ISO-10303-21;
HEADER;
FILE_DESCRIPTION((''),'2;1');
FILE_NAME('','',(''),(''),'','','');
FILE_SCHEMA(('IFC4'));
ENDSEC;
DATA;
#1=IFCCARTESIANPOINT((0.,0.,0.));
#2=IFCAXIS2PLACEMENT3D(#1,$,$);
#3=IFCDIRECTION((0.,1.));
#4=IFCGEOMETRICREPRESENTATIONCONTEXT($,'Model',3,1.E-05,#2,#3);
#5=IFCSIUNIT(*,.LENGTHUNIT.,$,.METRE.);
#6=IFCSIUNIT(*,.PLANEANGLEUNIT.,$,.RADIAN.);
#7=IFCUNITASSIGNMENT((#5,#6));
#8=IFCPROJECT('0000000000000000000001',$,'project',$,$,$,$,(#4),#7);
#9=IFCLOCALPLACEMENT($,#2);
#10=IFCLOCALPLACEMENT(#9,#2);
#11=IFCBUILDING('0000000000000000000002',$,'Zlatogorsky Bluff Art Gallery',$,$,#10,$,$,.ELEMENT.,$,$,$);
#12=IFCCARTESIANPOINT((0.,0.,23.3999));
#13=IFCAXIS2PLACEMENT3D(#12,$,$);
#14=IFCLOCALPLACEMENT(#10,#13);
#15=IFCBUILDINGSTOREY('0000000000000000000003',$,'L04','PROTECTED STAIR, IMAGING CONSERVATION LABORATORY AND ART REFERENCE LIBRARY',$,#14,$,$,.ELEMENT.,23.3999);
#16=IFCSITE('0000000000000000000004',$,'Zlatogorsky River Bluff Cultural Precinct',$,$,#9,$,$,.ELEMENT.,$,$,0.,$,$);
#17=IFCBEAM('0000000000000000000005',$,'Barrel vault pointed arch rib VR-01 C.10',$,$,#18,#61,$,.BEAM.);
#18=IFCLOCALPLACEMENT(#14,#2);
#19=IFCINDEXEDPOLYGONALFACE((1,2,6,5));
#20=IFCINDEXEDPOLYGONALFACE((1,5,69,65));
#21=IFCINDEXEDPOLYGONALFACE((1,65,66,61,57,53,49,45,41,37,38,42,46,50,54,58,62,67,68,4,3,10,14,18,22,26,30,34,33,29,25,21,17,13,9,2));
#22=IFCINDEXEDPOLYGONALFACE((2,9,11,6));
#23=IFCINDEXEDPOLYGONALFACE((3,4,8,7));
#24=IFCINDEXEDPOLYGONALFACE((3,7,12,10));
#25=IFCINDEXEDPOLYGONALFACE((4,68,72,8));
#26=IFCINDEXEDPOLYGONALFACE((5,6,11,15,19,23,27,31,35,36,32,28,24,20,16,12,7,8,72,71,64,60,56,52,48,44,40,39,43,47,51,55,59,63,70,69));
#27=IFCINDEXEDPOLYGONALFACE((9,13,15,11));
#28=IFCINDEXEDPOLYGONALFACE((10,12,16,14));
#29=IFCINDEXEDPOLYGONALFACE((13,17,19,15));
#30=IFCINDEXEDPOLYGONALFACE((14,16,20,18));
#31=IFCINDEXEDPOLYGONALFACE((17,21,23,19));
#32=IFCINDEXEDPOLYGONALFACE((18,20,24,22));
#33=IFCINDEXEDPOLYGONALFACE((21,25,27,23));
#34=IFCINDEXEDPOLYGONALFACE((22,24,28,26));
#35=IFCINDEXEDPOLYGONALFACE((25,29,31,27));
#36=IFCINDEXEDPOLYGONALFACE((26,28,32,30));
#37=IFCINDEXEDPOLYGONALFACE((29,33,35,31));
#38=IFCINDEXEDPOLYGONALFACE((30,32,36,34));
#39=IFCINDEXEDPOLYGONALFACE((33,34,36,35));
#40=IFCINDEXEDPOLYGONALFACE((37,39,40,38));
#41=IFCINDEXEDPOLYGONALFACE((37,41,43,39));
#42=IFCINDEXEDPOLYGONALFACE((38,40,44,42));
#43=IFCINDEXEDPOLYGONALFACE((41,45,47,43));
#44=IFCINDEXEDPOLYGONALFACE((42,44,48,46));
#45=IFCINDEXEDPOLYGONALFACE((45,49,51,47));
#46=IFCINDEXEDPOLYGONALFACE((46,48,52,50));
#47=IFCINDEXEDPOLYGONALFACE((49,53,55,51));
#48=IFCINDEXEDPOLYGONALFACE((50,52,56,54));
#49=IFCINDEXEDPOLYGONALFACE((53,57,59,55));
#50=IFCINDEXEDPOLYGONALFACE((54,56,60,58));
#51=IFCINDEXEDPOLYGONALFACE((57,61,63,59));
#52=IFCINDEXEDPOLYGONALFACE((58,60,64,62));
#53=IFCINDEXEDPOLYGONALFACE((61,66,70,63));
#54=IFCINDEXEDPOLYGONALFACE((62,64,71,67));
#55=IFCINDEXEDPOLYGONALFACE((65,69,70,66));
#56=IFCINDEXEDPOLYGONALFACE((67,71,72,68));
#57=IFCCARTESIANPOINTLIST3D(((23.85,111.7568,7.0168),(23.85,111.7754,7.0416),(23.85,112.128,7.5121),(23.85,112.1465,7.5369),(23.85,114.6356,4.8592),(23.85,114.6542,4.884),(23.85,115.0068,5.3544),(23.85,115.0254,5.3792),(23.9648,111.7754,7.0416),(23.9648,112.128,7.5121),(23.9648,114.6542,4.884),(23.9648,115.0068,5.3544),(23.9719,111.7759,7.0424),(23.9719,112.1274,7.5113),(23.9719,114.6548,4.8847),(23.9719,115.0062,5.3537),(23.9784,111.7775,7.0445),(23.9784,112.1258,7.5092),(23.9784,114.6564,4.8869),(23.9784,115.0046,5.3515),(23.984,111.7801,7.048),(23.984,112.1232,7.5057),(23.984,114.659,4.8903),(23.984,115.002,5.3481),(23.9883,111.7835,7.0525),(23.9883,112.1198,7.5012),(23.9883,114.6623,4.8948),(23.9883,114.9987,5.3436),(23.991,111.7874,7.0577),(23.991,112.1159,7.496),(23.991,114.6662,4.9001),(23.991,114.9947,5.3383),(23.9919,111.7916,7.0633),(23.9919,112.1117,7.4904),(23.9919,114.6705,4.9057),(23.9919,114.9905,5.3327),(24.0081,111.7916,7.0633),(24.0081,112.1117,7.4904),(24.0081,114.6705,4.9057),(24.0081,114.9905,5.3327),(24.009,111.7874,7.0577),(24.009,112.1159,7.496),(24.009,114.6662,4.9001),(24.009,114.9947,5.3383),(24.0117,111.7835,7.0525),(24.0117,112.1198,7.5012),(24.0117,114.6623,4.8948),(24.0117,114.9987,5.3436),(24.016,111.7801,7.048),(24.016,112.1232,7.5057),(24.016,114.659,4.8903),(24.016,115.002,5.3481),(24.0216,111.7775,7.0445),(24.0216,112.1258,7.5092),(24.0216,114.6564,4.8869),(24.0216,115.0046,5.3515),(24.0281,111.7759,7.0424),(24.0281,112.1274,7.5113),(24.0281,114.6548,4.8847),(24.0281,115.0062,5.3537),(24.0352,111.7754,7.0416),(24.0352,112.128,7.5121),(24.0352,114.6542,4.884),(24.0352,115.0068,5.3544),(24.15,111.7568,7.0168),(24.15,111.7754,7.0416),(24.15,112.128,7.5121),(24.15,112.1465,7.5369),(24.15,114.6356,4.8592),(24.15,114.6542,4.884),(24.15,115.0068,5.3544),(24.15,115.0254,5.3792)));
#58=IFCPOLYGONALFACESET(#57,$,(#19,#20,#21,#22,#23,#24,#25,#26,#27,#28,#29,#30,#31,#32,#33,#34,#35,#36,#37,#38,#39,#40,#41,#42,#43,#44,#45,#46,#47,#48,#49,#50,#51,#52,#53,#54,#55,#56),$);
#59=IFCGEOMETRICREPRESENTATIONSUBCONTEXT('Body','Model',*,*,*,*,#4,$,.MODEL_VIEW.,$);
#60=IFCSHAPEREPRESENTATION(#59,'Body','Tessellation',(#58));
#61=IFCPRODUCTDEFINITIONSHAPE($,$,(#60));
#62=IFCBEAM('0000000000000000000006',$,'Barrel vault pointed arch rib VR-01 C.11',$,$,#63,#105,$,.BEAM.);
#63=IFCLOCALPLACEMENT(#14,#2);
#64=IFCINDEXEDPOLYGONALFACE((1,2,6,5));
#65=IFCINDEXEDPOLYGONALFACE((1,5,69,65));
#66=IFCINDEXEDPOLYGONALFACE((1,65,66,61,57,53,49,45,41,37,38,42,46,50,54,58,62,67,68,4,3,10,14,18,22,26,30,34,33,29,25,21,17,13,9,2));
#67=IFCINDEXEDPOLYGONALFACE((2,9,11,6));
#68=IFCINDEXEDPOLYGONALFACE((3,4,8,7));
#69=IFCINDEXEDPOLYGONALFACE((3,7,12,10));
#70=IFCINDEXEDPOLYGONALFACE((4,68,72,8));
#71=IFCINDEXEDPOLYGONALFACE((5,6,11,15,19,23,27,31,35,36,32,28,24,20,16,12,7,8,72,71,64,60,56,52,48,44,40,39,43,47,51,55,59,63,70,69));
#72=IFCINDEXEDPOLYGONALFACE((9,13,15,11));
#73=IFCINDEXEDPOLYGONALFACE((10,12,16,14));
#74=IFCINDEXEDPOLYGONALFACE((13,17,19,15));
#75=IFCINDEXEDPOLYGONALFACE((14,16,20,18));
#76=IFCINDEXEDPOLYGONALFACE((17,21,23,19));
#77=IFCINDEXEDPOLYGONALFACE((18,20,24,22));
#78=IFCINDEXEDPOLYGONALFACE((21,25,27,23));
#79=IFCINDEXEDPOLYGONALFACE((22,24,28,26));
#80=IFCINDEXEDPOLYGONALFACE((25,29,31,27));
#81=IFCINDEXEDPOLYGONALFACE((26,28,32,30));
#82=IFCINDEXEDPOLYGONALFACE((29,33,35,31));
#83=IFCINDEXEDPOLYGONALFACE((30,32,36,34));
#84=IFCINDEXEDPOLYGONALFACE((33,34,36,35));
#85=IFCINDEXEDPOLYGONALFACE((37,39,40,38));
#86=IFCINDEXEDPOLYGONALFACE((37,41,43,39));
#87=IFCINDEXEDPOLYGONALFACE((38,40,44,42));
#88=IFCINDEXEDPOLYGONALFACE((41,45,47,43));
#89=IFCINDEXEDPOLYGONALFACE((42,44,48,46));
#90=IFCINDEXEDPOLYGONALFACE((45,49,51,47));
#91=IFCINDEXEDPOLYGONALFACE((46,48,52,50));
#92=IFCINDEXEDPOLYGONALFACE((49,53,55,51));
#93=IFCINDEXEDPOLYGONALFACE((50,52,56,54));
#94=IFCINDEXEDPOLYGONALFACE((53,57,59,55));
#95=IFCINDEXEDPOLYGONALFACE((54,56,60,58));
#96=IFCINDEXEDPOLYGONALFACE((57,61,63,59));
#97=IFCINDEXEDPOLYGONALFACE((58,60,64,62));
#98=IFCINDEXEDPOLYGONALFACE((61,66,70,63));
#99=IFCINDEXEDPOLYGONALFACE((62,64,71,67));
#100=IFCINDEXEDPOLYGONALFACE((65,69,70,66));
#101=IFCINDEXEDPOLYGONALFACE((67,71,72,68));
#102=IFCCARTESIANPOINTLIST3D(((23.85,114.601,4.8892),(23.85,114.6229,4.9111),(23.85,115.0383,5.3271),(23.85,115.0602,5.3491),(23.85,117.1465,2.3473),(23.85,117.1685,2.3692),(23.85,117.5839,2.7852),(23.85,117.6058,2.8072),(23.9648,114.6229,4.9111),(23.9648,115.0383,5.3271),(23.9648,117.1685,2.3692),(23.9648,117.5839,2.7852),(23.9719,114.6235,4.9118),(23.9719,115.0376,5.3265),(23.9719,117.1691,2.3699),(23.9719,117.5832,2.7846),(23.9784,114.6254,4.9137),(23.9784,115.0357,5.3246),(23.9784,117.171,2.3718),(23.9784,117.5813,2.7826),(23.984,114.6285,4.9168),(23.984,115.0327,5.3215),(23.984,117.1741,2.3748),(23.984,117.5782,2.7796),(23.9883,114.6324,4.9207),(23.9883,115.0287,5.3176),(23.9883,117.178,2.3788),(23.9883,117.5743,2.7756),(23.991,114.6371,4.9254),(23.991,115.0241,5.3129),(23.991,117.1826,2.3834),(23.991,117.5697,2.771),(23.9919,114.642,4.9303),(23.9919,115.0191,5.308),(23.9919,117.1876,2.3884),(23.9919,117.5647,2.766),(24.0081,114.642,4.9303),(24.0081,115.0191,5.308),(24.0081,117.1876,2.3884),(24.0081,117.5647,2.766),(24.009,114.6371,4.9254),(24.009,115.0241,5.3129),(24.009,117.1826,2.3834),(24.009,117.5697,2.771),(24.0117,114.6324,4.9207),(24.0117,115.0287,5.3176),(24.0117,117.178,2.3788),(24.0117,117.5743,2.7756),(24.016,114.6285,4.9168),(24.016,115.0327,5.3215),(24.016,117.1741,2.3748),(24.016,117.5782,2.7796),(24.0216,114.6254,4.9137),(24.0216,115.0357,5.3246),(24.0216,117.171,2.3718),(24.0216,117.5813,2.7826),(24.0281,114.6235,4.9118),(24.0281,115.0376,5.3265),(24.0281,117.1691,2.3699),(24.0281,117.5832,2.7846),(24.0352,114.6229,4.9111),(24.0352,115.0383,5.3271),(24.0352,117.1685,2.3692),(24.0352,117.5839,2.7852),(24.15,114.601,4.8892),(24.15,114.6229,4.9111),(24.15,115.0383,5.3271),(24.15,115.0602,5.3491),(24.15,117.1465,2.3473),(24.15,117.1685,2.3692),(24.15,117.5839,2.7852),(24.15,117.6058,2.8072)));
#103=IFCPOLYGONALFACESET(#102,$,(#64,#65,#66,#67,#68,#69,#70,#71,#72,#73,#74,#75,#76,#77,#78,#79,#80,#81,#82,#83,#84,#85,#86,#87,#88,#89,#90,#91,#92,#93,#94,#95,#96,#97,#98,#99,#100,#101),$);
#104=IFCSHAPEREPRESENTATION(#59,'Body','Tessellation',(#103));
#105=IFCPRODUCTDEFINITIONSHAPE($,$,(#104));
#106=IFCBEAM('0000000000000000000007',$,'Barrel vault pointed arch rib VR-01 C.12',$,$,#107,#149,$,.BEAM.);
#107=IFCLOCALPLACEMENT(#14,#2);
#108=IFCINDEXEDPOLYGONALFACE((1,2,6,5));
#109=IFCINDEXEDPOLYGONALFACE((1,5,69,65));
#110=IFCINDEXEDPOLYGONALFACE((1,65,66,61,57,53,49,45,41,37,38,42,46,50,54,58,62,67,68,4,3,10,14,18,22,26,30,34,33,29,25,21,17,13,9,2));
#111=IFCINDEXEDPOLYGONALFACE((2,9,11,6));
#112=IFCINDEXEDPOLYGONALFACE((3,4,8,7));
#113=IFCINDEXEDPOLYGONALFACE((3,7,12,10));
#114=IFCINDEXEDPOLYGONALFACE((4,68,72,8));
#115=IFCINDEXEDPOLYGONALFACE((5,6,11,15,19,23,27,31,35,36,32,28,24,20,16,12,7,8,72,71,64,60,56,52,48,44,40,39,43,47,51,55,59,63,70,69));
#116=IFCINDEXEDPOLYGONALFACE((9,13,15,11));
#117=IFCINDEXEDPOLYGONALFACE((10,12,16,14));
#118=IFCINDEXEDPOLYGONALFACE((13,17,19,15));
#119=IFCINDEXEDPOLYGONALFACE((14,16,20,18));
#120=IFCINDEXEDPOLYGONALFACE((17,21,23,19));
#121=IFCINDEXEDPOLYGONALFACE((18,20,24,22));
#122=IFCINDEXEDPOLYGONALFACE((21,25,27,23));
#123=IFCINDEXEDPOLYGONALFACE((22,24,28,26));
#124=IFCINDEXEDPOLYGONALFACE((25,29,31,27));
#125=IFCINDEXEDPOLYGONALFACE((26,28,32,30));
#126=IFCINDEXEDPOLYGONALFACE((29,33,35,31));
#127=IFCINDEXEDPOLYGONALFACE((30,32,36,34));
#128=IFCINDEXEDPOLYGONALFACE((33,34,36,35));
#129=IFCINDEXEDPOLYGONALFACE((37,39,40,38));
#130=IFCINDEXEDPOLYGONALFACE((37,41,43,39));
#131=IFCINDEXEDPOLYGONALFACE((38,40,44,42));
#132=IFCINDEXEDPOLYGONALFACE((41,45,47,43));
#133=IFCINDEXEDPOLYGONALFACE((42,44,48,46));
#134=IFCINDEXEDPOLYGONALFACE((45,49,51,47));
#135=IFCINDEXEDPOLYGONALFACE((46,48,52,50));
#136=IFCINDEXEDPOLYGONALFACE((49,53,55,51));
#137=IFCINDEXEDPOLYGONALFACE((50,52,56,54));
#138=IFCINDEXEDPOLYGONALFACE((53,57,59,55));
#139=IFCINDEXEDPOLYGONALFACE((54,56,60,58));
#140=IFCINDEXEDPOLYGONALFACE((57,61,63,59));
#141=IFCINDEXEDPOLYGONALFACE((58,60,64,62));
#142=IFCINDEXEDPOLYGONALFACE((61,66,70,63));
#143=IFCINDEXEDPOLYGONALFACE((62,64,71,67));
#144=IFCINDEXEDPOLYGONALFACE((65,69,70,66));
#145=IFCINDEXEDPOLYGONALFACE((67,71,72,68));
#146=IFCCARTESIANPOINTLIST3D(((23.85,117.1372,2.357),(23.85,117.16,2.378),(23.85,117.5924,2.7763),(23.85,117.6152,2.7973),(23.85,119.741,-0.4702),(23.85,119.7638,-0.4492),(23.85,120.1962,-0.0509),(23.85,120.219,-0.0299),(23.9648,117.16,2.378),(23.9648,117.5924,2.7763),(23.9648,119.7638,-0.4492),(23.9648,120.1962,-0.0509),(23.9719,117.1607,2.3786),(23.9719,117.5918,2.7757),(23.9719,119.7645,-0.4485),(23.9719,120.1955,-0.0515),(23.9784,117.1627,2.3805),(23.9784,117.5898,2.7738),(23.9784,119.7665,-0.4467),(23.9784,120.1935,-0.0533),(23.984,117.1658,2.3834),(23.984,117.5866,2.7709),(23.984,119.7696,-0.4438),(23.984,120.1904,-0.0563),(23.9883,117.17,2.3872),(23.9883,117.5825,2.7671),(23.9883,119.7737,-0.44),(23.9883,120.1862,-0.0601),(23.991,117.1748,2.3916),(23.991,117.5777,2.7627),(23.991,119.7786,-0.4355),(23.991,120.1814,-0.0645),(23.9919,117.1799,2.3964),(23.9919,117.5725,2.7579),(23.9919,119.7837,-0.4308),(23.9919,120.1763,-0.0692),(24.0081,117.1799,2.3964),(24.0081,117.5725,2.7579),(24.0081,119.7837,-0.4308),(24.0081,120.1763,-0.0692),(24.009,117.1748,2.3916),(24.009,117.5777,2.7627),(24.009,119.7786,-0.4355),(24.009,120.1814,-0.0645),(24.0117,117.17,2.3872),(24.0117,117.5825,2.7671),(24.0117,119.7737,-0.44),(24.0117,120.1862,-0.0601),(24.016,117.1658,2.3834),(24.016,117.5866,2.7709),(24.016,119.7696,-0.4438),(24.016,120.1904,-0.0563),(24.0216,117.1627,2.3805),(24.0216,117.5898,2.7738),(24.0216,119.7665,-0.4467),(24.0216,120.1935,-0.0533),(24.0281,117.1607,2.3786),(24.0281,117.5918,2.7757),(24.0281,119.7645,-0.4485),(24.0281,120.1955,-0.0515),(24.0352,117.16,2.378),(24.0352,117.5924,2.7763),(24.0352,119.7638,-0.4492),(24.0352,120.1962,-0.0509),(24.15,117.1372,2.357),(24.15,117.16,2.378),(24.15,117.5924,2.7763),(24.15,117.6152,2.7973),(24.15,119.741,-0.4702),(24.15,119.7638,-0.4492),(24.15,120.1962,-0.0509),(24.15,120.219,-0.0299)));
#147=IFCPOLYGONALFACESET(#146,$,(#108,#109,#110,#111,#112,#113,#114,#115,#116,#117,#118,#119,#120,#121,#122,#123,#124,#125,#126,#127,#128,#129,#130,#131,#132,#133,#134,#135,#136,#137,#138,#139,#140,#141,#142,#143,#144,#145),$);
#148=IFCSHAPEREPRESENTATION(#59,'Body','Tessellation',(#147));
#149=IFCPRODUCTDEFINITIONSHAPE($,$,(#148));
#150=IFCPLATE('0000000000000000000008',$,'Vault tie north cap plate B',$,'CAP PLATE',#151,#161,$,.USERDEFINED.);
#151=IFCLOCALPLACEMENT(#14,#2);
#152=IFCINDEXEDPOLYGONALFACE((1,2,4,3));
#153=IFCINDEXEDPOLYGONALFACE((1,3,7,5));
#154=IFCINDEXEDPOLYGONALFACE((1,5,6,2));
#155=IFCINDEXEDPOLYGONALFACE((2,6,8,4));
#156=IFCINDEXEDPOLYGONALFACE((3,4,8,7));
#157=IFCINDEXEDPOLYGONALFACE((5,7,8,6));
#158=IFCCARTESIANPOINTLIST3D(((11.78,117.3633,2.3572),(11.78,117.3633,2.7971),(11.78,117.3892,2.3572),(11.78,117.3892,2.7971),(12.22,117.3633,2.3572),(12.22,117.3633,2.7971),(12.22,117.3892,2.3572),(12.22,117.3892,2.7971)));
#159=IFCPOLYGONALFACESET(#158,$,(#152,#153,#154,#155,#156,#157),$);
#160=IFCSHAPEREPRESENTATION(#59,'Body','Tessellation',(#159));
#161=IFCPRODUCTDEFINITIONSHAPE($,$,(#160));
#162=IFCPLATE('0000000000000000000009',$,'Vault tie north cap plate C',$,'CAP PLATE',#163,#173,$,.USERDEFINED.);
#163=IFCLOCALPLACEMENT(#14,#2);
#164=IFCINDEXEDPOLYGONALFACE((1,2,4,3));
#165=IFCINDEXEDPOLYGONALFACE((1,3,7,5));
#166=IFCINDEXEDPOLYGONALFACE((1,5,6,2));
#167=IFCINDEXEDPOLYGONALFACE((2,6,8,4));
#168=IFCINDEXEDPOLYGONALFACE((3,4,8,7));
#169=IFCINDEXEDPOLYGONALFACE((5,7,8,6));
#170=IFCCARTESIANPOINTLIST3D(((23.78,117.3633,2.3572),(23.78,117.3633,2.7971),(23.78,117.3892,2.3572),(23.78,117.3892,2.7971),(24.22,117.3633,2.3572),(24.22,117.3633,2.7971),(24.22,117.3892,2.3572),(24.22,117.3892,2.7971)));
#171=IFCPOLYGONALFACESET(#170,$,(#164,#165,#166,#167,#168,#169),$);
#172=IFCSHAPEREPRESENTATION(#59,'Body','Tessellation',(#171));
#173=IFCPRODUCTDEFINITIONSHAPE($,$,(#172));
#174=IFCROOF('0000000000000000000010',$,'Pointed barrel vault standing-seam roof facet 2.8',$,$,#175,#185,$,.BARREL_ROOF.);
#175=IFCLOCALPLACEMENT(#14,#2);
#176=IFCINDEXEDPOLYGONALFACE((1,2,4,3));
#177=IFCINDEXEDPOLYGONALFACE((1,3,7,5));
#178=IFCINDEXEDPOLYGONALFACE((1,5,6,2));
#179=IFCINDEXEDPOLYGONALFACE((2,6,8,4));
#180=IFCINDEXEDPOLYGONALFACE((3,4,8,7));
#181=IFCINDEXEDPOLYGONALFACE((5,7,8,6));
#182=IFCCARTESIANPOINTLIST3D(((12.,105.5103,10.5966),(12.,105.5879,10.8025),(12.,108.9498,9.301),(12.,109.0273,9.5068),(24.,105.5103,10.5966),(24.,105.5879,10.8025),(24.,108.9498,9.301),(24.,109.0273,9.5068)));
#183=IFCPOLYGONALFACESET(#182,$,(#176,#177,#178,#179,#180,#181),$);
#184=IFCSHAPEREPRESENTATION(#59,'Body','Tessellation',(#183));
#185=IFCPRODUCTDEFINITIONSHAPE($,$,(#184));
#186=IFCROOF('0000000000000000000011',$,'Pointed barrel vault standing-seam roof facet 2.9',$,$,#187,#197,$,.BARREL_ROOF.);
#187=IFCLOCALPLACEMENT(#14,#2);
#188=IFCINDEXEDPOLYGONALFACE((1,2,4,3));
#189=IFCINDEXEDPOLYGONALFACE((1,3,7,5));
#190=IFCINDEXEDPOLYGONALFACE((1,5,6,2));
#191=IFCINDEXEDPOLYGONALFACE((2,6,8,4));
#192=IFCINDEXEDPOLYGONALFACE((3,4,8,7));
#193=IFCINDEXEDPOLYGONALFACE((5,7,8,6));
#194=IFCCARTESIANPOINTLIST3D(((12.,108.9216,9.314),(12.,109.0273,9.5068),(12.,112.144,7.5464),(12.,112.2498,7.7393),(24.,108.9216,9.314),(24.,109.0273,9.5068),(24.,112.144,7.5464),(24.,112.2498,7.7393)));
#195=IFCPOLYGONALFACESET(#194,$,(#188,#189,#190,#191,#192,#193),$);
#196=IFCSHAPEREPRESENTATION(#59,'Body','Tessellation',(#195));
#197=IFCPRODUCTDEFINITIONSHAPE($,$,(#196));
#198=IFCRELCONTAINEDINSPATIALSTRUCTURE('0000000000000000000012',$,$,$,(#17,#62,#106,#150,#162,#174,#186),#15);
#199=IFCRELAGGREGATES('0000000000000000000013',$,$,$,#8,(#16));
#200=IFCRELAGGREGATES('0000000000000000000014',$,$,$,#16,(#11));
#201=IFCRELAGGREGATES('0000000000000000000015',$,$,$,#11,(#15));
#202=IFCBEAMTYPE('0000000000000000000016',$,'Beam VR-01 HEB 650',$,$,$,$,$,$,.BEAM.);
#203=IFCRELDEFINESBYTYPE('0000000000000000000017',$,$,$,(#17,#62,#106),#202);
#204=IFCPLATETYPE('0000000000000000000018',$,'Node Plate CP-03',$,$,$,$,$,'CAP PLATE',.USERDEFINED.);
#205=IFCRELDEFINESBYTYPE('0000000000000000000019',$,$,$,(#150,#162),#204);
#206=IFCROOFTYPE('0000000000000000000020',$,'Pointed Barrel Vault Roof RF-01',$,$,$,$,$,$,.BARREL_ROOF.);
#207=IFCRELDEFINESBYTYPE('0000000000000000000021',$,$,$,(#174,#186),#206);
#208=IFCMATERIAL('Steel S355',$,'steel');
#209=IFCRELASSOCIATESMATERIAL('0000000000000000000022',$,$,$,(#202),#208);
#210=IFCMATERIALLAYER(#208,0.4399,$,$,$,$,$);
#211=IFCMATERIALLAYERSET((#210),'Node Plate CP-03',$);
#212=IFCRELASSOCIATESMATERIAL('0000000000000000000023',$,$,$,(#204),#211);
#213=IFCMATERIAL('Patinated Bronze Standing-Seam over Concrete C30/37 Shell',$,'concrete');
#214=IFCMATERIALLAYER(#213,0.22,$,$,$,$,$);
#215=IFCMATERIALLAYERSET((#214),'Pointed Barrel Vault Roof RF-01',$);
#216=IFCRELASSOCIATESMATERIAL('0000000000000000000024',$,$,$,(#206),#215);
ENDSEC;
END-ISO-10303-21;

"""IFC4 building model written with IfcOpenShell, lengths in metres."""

from ifc_helpers import new_model, si_unit, direction, frame, origin, origin_2d, place, context, subcontext, project, spatial, polyline, rectangle, i_section, outline, extrude, material, layer, layer_set, material_profile, profile_set, type_object, element, save


model = new_model("IFC4")

# Units and contexts
model_context = context("Model", 3, precision=1e-05, world=origin(), true_north=direction((0.0, 1.0)))
body_context = subcontext(model_context, "Body", "Model", "MODEL_VIEW")
ifc_project = project(units=[si_unit("LENGTHUNIT", "METRE"), si_unit("PLANEANGLEUNIT", "RADIAN")], contexts=[model_context])

# Site, building, storey
site_placement = place(None, origin())
site = spatial("IfcSite", under=ifc_project, at=site_placement, Name="Zlatogorsky River Bluff Cultural Precinct", CompositionType="ELEMENT", RefElevation=0.0)
building_placement = place(site_placement, origin())
building = spatial("IfcBuilding", under=site, at=building_placement, Name="Zlatogorsky Bluff Art Gallery", CompositionType="ELEMENT")
storey_placement = place(building_placement, frame((0.0, 0.0, 23.3999)))
storey = spatial("IfcBuildingStorey", under=building, at=storey_placement, Name="L04", Description="PROTECTED STAIR, IMAGING CONSERVATION LABORATORY AND ART REFERENCE LIBRARY", CompositionType="ELEMENT", Elevation=23.3999)

# Beams
ifc_material_1 = material(Name="Steel S355", Category="steel")
ifc_material_profile_1 = material_profile(ifc_material_1, i_section(OverallWidth=0.3, OverallDepth=0.6499, WebThickness=0.0161, FlangeThickness=0.031, FilletRadius=0.0271, at=origin_2d()), Name="HEB 650")
ifc_profile_set_1 = profile_set([ifc_material_profile_1], Name="Steel S355")
beam_type_1 = type_object("IfcBeamType", Name="Beam VR-01 HEB 650", PredefinedType="BEAM", material=ifc_profile_set_1)
beam_1_placement = place(storey_placement, frame((24.0, 111.9517, 7.2769), z_axis=(0.0, 0.800195, -0.599739), x_axis=(-1.0, 0.0, 0.0)))
element("IfcBeam", 1, at=beam_1_placement, inside=storey, type_object=beam_type_1, Name="Barrel vault pointed arch rib VR-01 C.10", PredefinedType="BEAM", context=body_context, shape_type="SweptSolid", body=[
    extrude(i_section(OverallWidth=0.3, OverallDepth=0.6499, WebThickness=0.0161, FlangeThickness=0.031, FilletRadius=0.0271, at=origin_2d()), origin(), (0.0, 0.0, 1.0), 3.5977),
])
beam_2_placement = place(storey_placement, frame((24.0, 114.8306, 5.1191), z_axis=(0.0, 0.707616, -0.706598), x_axis=(-1.0, 0.0, 0.0)))
element("IfcBeam", 2, at=beam_2_placement, inside=storey, type_object=beam_type_1, Name="Barrel vault pointed arch rib VR-01 C.11", PredefinedType="BEAM", context=body_context, shape_type="SweptSolid", body=[
    extrude(i_section(OverallWidth=0.3, OverallDepth=0.6499, WebThickness=0.0161, FlangeThickness=0.031, FilletRadius=0.0271, at=origin_2d()), origin(), (0.0, 0.0, 1.0), 3.5974),
])
beam_3_placement = place(storey_placement, frame((24.0, 117.3762, 2.5771), z_axis=(0.0, 0.677449, -0.73557), x_axis=(-1.0, 0.0, 0.0)))
element("IfcBeam", 3, at=beam_3_placement, inside=storey, type_object=beam_type_1, Name="Barrel vault pointed arch rib VR-01 C.12", PredefinedType="BEAM", context=body_context, shape_type="SweptSolid", body=[
    extrude(i_section(OverallWidth=0.3, OverallDepth=0.6499, WebThickness=0.0161, FlangeThickness=0.031, FilletRadius=0.0271, at=origin_2d()), origin(), (0.0, 0.0, 1.0), 3.8435),
])

# Plates
ifc_layer_1 = layer(ifc_material_1, 0.4399)
ifc_layer_set_1 = layer_set([ifc_layer_1], Name="Node Plate CP-03")
plate_type = type_object("IfcPlateType", Name="Node Plate CP-03", ElementType="CAP PLATE", PredefinedType="USERDEFINED", material=ifc_layer_set_1)
for number, where, z_axis, x_axis, name in (
    (4, (12.0, 117.3762, 2.3572), (0.0, 0.0, 1.0), (1.0, 0.0, 0.0), "Vault tie north cap plate B"),
    (5, (24.0, 117.3762, 2.3572), (0.0, 0.0, 1.0), (1.0, 0.0, 0.0), "Vault tie north cap plate C"),
):
    element("IfcPlate", number, at=place(storey_placement, frame(where, z_axis=z_axis, x_axis=x_axis)), inside=storey, type_object=plate_type, Name=name, ObjectType="CAP PLATE", PredefinedType="USERDEFINED", context=body_context, shape_type="SweptSolid", body=[
        extrude(rectangle(XDim=0.4399, YDim=0.0259, at=origin_2d()), origin(), (0.0, 0.0, 1.0), 0.4399),
    ])

# Roofs
ifc_material_2 = material(Name="Patinated Bronze Standing-Seam over Concrete C30/37 Shell", Category="concrete")
ifc_layer_2 = layer(ifc_material_2, 0.22)
ifc_layer_set_2 = layer_set([ifc_layer_2], Name="Pointed Barrel Vault Roof RF-01")
roof_type = type_object("IfcRoofType", Name="Pointed Barrel Vault Roof RF-01", PredefinedType="BARREL_ROOF", material=ifc_layer_set_2)
roof_1_placement = place(storey_placement, frame((12.0, 105.5879, 10.8025), z_axis=(0.0, 0.352521, 0.935804), x_axis=(1.0, 0.0, 0.0)))
element("IfcRoof", 6, at=roof_1_placement, inside=storey, type_object=roof_type, Name="Pointed barrel vault standing-seam roof facet 2.8", PredefinedType="BARREL_ROOF", context=body_context, shape_type="SweptSolid", body=[
    extrude(outline(polyline([(0.0, 0.0), (12.0, 0.0), (12.0, 3.6754), (0.0, 3.6754), (0.0, 0.0)])), origin(), (0.0, 0.0, -1.0), 0.22),
])
roof_2_placement = place(storey_placement, frame((12.0, 109.0273, 9.5068), z_axis=(0.0, 0.480927, 0.876761), x_axis=(1.0, 0.0, 0.0)))
element("IfcRoof", 7, at=roof_2_placement, inside=storey, type_object=roof_type, Name="Pointed barrel vault standing-seam roof facet 2.9", PredefinedType="BARREL_ROOF", context=body_context, shape_type="SweptSolid", body=[
    extrude(outline(polyline([(0.0, 0.0), (12.0, 0.0), (12.0, 3.6754), (0.0, 3.6754), (0.0, 0.0)])), origin(), (0.0, 0.0, -1.0), 0.22),
])

save(model, "model.ifc")
